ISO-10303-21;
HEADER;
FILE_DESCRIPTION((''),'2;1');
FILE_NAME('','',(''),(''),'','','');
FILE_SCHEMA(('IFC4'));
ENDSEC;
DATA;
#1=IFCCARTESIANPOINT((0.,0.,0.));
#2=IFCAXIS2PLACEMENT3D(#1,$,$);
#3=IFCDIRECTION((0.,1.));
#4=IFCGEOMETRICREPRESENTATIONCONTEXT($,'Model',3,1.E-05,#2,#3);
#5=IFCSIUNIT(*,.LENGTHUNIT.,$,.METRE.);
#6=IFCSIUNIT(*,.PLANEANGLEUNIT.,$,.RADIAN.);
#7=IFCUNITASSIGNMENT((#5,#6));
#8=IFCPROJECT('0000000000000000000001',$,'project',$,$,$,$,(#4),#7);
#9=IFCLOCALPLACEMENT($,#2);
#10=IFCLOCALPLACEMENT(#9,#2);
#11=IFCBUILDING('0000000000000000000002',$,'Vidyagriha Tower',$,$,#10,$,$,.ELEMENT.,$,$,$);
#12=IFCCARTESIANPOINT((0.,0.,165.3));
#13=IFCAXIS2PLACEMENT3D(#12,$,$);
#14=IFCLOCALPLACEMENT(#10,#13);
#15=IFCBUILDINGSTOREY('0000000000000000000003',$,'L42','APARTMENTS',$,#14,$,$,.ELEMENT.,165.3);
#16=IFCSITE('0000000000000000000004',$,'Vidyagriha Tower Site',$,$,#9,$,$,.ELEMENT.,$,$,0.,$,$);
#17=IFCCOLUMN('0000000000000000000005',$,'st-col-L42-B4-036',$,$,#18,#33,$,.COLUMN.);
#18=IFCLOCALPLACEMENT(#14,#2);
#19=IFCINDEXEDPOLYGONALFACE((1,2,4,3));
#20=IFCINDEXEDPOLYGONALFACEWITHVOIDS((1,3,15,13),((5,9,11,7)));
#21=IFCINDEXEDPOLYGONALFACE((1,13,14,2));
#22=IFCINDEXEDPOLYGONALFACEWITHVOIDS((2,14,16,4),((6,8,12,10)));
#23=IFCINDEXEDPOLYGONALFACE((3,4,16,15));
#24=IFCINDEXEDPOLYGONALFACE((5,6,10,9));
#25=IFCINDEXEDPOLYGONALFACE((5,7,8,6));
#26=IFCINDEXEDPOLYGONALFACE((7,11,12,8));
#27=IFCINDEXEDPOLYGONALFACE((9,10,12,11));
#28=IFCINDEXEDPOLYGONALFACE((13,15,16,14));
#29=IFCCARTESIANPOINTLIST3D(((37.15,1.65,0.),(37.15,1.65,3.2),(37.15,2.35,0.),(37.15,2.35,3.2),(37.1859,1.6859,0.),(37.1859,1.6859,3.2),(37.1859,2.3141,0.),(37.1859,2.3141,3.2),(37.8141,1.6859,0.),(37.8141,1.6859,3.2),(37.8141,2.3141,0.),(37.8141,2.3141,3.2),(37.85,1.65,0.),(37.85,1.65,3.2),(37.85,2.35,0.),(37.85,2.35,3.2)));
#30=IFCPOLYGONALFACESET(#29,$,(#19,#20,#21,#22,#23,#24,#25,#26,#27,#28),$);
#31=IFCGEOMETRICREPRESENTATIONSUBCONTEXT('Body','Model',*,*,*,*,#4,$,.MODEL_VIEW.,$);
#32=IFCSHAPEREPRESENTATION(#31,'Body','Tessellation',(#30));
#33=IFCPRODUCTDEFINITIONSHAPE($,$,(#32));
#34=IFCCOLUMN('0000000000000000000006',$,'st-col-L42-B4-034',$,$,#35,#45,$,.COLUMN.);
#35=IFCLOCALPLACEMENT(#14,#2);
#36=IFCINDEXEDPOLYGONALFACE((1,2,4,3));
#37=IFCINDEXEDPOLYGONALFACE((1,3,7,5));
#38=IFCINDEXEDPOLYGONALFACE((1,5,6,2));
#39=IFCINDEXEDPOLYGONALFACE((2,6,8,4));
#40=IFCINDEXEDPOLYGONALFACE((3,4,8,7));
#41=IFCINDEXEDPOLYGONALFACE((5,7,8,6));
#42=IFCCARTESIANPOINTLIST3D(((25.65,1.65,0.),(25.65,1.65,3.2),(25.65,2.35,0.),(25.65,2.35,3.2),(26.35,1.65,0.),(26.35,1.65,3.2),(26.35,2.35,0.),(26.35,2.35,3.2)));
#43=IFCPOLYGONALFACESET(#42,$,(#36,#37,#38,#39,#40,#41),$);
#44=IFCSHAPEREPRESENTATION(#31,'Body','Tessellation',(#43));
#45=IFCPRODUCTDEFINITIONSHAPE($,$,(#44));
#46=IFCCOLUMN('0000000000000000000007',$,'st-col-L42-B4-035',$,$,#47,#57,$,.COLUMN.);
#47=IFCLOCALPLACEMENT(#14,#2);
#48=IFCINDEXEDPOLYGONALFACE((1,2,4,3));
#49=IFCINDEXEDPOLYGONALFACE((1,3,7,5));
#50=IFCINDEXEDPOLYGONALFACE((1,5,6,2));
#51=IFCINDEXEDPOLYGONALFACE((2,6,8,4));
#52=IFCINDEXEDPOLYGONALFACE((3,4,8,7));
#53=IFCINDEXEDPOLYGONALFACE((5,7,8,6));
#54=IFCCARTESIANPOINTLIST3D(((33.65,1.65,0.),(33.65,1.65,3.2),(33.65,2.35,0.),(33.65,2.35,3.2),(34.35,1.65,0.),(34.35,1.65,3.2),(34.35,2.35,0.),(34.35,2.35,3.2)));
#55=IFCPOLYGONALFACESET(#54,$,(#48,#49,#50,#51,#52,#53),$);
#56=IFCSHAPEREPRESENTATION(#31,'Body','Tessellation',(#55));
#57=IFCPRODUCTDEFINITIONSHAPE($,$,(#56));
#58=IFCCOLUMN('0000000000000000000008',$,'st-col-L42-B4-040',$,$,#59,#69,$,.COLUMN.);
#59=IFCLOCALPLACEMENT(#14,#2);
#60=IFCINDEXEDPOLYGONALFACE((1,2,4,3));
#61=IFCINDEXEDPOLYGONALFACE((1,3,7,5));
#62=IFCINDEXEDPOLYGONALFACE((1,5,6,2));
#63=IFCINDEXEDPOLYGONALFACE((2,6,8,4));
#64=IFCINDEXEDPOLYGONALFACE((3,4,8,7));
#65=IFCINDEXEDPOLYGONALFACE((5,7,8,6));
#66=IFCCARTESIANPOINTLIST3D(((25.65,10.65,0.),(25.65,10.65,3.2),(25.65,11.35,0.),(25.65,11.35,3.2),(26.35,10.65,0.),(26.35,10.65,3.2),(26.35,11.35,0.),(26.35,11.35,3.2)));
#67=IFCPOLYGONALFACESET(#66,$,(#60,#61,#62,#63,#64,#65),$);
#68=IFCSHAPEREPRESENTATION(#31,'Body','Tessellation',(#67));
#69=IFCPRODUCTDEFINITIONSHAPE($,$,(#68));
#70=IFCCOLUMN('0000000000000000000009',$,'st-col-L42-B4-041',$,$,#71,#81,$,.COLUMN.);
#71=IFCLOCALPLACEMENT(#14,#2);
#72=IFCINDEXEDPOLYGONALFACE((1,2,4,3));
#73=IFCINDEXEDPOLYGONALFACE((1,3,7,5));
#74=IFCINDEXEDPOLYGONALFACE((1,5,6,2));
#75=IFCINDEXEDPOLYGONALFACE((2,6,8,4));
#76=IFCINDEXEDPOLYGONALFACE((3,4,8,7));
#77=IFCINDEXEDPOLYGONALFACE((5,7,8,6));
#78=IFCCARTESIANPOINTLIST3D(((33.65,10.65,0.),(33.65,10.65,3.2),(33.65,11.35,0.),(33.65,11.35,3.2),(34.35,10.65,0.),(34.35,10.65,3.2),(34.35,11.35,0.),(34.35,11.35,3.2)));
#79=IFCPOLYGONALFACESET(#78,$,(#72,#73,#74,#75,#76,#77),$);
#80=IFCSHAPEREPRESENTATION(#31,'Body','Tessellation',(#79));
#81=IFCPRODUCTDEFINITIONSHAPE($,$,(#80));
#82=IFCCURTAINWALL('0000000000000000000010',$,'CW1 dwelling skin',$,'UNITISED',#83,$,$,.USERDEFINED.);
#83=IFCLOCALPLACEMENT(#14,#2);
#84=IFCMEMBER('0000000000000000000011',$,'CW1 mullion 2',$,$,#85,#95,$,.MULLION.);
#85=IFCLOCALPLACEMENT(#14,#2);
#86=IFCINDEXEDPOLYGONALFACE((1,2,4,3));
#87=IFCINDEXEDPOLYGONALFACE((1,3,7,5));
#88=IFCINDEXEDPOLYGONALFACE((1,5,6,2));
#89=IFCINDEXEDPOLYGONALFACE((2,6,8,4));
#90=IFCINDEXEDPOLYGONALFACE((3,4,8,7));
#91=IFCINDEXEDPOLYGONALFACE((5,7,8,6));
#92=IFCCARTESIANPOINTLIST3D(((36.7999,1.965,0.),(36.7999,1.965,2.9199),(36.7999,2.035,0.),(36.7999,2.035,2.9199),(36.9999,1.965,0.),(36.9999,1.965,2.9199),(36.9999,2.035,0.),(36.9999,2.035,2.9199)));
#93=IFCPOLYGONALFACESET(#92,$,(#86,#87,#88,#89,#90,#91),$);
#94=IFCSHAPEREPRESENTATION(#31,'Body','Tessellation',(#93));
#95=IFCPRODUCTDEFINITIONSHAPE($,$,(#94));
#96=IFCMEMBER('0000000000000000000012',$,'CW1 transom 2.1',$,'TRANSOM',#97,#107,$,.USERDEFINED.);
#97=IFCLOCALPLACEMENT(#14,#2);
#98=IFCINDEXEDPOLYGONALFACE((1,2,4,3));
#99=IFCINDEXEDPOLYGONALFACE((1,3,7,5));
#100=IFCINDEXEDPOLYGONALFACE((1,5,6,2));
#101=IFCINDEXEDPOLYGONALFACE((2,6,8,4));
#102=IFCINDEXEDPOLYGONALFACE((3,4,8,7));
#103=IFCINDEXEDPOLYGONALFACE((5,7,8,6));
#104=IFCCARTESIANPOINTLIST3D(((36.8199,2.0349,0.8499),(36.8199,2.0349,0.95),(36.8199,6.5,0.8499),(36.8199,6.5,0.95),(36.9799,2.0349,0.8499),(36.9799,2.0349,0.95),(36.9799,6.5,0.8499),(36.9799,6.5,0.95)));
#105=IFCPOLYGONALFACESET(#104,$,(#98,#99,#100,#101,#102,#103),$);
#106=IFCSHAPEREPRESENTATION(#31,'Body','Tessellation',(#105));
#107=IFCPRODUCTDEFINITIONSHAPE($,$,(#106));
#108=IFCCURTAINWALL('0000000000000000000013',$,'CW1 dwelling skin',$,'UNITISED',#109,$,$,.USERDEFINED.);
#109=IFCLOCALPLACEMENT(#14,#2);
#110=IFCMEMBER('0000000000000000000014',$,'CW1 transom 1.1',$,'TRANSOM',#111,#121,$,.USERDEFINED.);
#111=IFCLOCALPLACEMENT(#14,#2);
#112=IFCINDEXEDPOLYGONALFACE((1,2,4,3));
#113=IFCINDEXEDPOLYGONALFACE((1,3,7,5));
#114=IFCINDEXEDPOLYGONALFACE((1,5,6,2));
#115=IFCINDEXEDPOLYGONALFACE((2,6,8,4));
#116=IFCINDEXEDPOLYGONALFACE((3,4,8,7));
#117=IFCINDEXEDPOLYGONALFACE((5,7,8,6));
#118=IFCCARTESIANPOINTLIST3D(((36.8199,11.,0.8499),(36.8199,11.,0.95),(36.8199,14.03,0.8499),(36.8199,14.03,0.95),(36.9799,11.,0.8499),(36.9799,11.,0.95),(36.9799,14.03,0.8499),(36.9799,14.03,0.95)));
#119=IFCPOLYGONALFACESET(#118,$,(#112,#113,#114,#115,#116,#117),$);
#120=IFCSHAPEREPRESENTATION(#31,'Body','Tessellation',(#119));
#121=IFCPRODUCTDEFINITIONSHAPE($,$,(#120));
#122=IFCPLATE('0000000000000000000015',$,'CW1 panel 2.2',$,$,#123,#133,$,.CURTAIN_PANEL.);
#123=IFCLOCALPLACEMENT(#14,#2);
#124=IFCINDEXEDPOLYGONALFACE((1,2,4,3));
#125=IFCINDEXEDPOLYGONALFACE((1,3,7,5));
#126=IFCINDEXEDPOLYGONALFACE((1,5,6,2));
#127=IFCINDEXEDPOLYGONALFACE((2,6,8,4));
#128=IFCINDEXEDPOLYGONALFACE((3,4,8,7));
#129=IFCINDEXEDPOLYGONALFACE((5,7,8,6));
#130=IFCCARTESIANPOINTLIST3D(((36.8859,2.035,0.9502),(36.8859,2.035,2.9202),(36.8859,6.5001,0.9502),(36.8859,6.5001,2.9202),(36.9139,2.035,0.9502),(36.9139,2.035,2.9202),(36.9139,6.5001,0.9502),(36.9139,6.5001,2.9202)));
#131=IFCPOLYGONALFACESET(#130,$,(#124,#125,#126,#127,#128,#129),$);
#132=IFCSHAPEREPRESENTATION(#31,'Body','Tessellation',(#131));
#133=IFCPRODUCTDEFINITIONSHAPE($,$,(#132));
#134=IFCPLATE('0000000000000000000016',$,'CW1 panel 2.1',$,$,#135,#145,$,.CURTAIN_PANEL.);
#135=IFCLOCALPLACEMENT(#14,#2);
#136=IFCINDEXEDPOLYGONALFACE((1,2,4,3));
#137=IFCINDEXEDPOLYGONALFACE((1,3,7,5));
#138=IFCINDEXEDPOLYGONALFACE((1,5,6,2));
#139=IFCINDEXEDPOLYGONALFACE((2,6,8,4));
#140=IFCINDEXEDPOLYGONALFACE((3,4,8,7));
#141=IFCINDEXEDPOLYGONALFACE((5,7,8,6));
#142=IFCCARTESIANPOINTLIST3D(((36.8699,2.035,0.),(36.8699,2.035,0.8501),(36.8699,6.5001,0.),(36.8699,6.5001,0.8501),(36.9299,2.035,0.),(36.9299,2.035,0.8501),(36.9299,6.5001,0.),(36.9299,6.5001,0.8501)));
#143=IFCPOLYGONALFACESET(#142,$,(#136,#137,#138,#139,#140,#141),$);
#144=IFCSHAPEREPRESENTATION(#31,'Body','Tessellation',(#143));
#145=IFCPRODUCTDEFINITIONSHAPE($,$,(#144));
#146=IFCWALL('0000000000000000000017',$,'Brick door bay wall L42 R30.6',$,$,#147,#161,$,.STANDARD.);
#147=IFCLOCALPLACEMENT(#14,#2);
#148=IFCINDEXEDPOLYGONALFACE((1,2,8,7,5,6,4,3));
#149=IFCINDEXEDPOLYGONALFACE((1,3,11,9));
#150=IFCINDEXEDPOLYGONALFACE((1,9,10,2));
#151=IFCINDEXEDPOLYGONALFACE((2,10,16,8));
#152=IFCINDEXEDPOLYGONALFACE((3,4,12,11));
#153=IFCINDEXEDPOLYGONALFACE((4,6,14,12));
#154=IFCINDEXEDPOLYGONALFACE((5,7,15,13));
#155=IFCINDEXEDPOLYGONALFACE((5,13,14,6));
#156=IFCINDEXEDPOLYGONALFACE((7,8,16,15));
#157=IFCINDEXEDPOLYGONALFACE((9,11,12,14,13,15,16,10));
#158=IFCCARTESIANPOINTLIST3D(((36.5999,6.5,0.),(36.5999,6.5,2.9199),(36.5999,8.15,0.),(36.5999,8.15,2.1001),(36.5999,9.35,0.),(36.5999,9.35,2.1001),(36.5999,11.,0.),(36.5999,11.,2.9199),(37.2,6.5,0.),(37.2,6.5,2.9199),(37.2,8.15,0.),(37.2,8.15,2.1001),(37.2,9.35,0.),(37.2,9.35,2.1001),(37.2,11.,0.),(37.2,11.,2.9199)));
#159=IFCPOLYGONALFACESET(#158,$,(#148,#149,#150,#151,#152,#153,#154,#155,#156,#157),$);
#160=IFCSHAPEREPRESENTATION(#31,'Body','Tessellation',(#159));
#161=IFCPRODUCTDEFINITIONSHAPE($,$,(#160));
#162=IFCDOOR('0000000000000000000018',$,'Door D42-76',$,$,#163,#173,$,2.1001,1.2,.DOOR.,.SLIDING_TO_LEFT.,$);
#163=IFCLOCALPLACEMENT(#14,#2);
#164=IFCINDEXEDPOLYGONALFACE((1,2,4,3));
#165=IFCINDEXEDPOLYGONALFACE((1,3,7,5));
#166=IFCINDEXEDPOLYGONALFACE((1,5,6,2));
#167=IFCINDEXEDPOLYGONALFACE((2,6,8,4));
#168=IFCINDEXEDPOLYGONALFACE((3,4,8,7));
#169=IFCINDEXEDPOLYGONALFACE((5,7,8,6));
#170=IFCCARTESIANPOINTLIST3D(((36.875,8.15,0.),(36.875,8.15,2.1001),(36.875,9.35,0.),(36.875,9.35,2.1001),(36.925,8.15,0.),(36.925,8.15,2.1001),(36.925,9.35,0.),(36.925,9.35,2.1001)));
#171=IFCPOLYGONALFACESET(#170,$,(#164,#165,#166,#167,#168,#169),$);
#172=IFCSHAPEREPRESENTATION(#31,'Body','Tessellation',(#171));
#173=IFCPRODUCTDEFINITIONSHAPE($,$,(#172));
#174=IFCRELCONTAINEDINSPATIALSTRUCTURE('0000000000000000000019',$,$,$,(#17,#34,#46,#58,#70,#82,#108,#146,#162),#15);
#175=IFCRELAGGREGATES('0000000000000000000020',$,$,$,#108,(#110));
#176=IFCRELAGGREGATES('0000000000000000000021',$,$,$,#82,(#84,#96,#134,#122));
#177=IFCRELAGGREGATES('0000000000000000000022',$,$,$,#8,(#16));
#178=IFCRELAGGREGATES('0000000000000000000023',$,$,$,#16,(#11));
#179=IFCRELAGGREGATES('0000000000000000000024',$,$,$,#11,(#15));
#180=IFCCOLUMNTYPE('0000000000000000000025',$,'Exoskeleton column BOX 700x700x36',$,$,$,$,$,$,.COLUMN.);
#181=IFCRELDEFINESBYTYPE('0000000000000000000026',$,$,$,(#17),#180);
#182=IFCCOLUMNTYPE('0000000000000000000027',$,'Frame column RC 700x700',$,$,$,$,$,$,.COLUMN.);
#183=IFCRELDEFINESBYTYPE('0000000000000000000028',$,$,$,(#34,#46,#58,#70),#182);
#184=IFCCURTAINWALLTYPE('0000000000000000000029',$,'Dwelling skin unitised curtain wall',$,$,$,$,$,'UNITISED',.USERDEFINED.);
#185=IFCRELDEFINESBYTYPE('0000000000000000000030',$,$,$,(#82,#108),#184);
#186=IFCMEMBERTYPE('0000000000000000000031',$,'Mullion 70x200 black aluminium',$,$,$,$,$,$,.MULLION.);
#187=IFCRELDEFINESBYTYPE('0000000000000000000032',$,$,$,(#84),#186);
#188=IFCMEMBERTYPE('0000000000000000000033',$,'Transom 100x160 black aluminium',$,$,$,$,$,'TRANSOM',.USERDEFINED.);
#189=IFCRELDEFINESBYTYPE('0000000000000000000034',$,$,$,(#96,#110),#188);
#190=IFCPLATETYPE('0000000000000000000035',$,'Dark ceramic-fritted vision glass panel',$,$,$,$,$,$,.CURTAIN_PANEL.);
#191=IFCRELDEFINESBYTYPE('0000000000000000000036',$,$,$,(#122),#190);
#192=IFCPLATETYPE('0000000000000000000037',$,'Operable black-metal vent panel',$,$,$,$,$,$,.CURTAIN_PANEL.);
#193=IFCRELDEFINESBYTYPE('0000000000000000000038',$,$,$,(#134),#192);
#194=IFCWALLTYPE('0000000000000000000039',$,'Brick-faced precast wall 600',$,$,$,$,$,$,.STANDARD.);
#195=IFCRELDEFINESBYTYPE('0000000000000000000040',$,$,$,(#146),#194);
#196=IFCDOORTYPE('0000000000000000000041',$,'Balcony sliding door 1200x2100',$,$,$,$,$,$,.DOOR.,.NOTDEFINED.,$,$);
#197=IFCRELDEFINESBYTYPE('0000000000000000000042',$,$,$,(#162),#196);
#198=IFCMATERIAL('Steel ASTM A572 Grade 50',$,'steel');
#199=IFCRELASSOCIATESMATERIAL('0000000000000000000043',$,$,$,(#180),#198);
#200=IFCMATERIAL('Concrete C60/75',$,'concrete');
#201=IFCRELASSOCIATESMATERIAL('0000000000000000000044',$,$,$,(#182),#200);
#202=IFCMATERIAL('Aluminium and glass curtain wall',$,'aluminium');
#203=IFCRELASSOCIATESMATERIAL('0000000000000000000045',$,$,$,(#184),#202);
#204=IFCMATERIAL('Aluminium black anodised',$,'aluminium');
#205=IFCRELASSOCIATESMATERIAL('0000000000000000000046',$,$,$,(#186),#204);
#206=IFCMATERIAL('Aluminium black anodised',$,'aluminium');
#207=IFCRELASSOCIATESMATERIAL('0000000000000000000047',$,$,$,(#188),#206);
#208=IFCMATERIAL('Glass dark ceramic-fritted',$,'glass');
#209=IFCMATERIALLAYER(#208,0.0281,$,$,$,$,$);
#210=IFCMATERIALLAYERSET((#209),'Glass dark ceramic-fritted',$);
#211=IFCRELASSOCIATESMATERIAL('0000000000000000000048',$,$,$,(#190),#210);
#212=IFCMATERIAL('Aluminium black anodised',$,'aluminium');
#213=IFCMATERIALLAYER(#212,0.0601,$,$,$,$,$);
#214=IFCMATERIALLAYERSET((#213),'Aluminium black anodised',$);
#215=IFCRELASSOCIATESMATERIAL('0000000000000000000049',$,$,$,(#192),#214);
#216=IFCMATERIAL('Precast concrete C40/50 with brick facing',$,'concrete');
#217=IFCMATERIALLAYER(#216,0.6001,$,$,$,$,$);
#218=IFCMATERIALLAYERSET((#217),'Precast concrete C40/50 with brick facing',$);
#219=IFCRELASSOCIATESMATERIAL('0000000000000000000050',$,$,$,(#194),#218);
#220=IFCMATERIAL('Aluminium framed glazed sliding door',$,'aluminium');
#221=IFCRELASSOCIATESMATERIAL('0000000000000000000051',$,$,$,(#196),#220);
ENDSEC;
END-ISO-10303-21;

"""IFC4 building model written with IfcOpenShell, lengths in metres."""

from ifc_helpers import new_model, si_unit, direction, frame, frame_2d, origin, origin_2d, place, context, subcontext, project, spatial, rectangle, hollow_rectangle, extrude, material, layer, layer_set, material_profile, profile_set, type_object, element, fill, aggregate, save


model = new_model("IFC4")

# Units and contexts
model_context = context("Model", 3, precision=1e-05, world=origin(), true_north=direction((0.0, 1.0)))
body_context = subcontext(model_context, "Body", "Model", "MODEL_VIEW")
ifc_project = project(units=[si_unit("LENGTHUNIT", "METRE"), si_unit("PLANEANGLEUNIT", "RADIAN")], contexts=[model_context])

# Site, building, storey
site_placement = place(None, origin())
site = spatial("IfcSite", under=ifc_project, at=site_placement, Name="Vidyagriha Tower Site", CompositionType="ELEMENT", RefElevation=0.0)
building_placement = place(site_placement, origin())
building = spatial("IfcBuilding", under=site, at=building_placement, Name="Vidyagriha Tower", CompositionType="ELEMENT")
storey_placement = place(building_placement, frame((0.0, 0.0, 165.3)))
storey = spatial("IfcBuildingStorey", under=building, at=storey_placement, Name="L42", Description="APARTMENTS", CompositionType="ELEMENT", Elevation=165.3)

# Columns
ifc_material_1 = material(Name="Steel ASTM A572 Grade 50", Category="steel")
ifc_material_profile_1 = material_profile(ifc_material_1, hollow_rectangle(XDim=0.7, YDim=0.7, WallThickness=0.0359, at=origin_2d()), Name="BOX 700x700x36")
ifc_profile_set_1 = profile_set([ifc_material_profile_1], Name="Steel ASTM A572 Grade 50")
column_type_1 = type_object("IfcColumnType", Name="Exoskeleton column BOX 700x700x36", PredefinedType="COLUMN", material=ifc_profile_set_1)
column_placement = place(storey_placement, frame((37.5, 2.0, 0.0)))
element("IfcColumn", 1, at=column_placement, inside=storey, type_object=column_type_1, Name="st-col-L42-B4-036", PredefinedType="COLUMN", context=body_context, shape_type="SweptSolid", body=[
    extrude(hollow_rectangle(XDim=0.7, YDim=0.7, WallThickness=0.0359, at=origin_2d()), origin(), (0.0, 0.0, 1.0), 3.2),
])
ifc_material_2 = material(Name="Concrete C60/75", Category="concrete")
ifc_material_profile_2 = material_profile(ifc_material_2, rectangle(XDim=0.7, YDim=0.7, at=origin_2d()), Name="RC 700x700")
ifc_profile_set_2 = profile_set([ifc_material_profile_2], Name="Concrete C60/75")
column_type_2 = type_object("IfcColumnType", Name="Frame column RC 700x700", PredefinedType="COLUMN", material=ifc_profile_set_2)
for number, where, name in (
    (2, (26.0, 2.0, 0.0), "st-col-L42-B4-034"),
    (3, (34.0, 2.0, 0.0), "st-col-L42-B4-035"),
    (4, (26.0, 11.0, 0.0), "st-col-L42-B4-040"),
    (5, (34.0, 11.0, 0.0), "st-col-L42-B4-041"),
):
    element("IfcColumn", number, at=place(storey_placement, frame(where)), inside=storey, type_object=column_type_2, Name=name, PredefinedType="COLUMN", context=body_context, shape_type="SweptSolid", body=[
        extrude(rectangle(XDim=0.7, YDim=0.7, at=origin_2d()), origin(), (0.0, 0.0, 1.0), 3.2),
    ])

# Curtain wall, members
ifc_material_3 = material(Name="Aluminium and glass curtain wall", Category="aluminium")
curtain_wall_type = type_object("IfcCurtainWallType", Name="Dwelling skin unitised curtain wall", ElementType="UNITISED", PredefinedType="USERDEFINED", material=ifc_material_3)
curtain_wall_1_placement = place(storey_placement, origin())
curtain_wall_1 = element("IfcCurtainWall", 6, at=curtain_wall_1_placement, inside=storey, type_object=curtain_wall_type, Name="CW1 dwelling skin", ObjectType="UNITISED", PredefinedType="USERDEFINED")
ifc_material_4 = material(Name="Aluminium black anodised", Category="aluminium")
ifc_material_profile_3 = material_profile(ifc_material_4, rectangle(XDim=0.2, YDim=0.0701, at=origin_2d()), Name="Mullion 70x200 black aluminium")
ifc_profile_set_3 = profile_set([ifc_material_profile_3], Name="Aluminium black anodised")
member_type_1 = type_object("IfcMemberType", Name="Mullion 70x200 black aluminium", PredefinedType="MULLION", material=ifc_profile_set_3)
member_1_placement = place(storey_placement, frame((36.8999, 2.0, 0.0), z_axis=(0.0, 0.0, 1.0), x_axis=(-1.0, 0.0, 0.0)))
member_1 = element("IfcMember", 7, at=member_1_placement, type_object=member_type_1, Name="CW1 mullion 2", PredefinedType="MULLION", context=body_context, shape_type="SweptSolid", body=[
    extrude(rectangle(XDim=0.2, YDim=0.0701, at=origin_2d()), origin(), (0.0, 0.0, 1.0), 2.9199),
])
ifc_material_5 = material(Name="Aluminium black anodised", Category="aluminium")
ifc_material_profile_4 = material_profile(ifc_material_5, rectangle(XDim=0.1599, YDim=0.1001, at=origin_2d()), Name="Transom 100x160 black aluminium")
ifc_profile_set_4 = profile_set([ifc_material_profile_4], Name="Aluminium black anodised")
member_type_2 = type_object("IfcMemberType", Name="Transom 100x160 black aluminium", ElementType="TRANSOM", PredefinedType="USERDEFINED", material=ifc_profile_set_4)
member_2_placement = place(storey_placement, frame((36.8999, 2.0349, 0.8999), z_axis=(0.0, 1.0, 0.0), x_axis=(-1.0, 0.0, 0.0)))
member_2 = element("IfcMember", 8, at=member_2_placement, type_object=member_type_2, Name="CW1 transom 2.1", ObjectType="TRANSOM", PredefinedType="USERDEFINED", context=body_context, shape_type="SweptSolid", body=[
    extrude(rectangle(XDim=0.1599, YDim=0.1001, at=origin_2d()), origin(), (0.0, 0.0, 1.0), 4.4651),
])

# Curtain wall, member
curtain_wall_2_placement = place(storey_placement, origin())
curtain_wall_2 = element("IfcCurtainWall", 9, at=curtain_wall_2_placement, inside=storey, type_object=curtain_wall_type, Name="CW1 dwelling skin", ObjectType="UNITISED", PredefinedType="USERDEFINED")
member_3_placement = place(storey_placement, frame((36.8999, 11.0, 0.8999), z_axis=(0.0, 1.0, 0.0), x_axis=(-1.0, 0.0, 0.0)))
member_3 = element("IfcMember", 10, at=member_3_placement, type_object=member_type_2, Name="CW1 transom 1.1", ObjectType="TRANSOM", PredefinedType="USERDEFINED", context=body_context, shape_type="SweptSolid", body=[
    extrude(rectangle(XDim=0.1599, YDim=0.1001, at=origin_2d()), origin(), (0.0, 0.0, 1.0), 3.03),
])
aggregate(curtain_wall_2, [member_3])

# Plates
ifc_material_6 = material(Name="Glass dark ceramic-fritted", Category="glass")
ifc_layer_1 = layer(ifc_material_6, 0.0281)
ifc_layer_set_1 = layer_set([ifc_layer_1], Name="Glass dark ceramic-fritted")
plate_type_1 = type_object("IfcPlateType", Name="Dark ceramic-fritted vision glass panel", PredefinedType="CURTAIN_PANEL", material=ifc_layer_set_1)
plate_1_placement = place(storey_placement, frame((36.8999, 4.2676, 0.9502), z_axis=(0.0, 0.0, 1.0), x_axis=(0.0, 1.0, 0.0)))
plate_1 = element("IfcPlate", 11, at=plate_1_placement, type_object=plate_type_1, Name="CW1 panel 2.2", PredefinedType="CURTAIN_PANEL", context=body_context, shape_type="SweptSolid", body=[
    extrude(rectangle(XDim=4.4651, YDim=0.0281, at=origin_2d()), origin(), (0.0, 0.0, 1.0), 1.97),
])
ifc_material_7 = material(Name="Aluminium black anodised", Category="aluminium")
ifc_layer_2 = layer(ifc_material_7, 0.0601)
ifc_layer_set_2 = layer_set([ifc_layer_2], Name="Aluminium black anodised")
plate_type_2 = type_object("IfcPlateType", Name="Operable black-metal vent panel", PredefinedType="CURTAIN_PANEL", material=ifc_layer_set_2)
plate_2_placement = place(storey_placement, frame((36.8999, 4.2676, 0.0), z_axis=(0.0, 0.0, 1.0), x_axis=(0.0, 1.0, 0.0)))
plate_2 = element("IfcPlate", 12, at=plate_2_placement, type_object=plate_type_2, Name="CW1 panel 2.1", PredefinedType="CURTAIN_PANEL", context=body_context, shape_type="SweptSolid", body=[
    extrude(rectangle(XDim=4.4651, YDim=0.0601, at=origin_2d()), origin(), (0.0, 0.0, 1.0), 0.8501),
])
aggregate(curtain_wall_1, [member_1, member_2, plate_2, plate_1])

# Wall, opening, door
ifc_material_8 = material(Name="Precast concrete C40/50 with brick facing", Category="concrete")
ifc_layer_3 = layer(ifc_material_8, 0.6001)
ifc_layer_set_3 = layer_set([ifc_layer_3], Name="Precast concrete C40/50 with brick facing")
wall_type_1 = type_object("IfcWallType", Name="Brick-faced precast wall 600", PredefinedType="STANDARD", material=ifc_layer_set_3)
wall_1_placement = place(storey_placement, frame((36.8999, 6.5, 0.0), z_axis=(0.0, 0.0, 1.0), x_axis=(0.0, 1.0, 0.0)))
wall_1 = element("IfcWall", 13, at=wall_1_placement, inside=storey, type_object=wall_type_1, Name="Brick door bay wall L42 R30.6", PredefinedType="STANDARD", context=body_context, shape_type="SweptSolid", body=[
    extrude(rectangle(XDim=4.5, YDim=0.6001, at=frame_2d((2.25, 0.0))), origin(), (0.0, 0.0, 1.0), 2.9199),
])
opening_1_placement = place(wall_1_placement, frame((1.6499, 0.0, 0.0)))
opening_1 = element("IfcOpeningElement", 14, at=opening_1_placement, cuts=wall_1, PredefinedType="OPENING", context=body_context, shape_type="SweptSolid", body=[
    extrude(rectangle(XDim=1.2, YDim=2.1001, at=frame_2d((0.6001, 1.05))), frame((0.0, 0.3101, 0.0), z_axis=(0.0, -1.0, 0.0), x_axis=(1.0, 0.0, 0.0)), (0.0, 0.0, 1.0), 0.6201),
])
ifc_material_9 = material(Name="Aluminium framed glazed sliding door", Category="aluminium")
door_type_1 = type_object("IfcDoorType", Name="Balcony sliding door 1200x2100", OperationType="NOTDEFINED", PredefinedType="DOOR", material=ifc_material_9)
door_1_placement = place(opening_1_placement, origin())
door_1 = element("IfcDoor", 15, at=door_1_placement, inside=storey, type_object=door_type_1, Name="Door D42-76", OperationType="SLIDING_TO_LEFT", OverallHeight=2.1001, OverallWidth=1.2, PredefinedType="DOOR", context=body_context, shape_type="SweptSolid", body=[
    extrude(rectangle(XDim=1.2, YDim=2.1001, at=frame_2d((0.6001, 1.05))), frame((0.0, 0.0249, 0.0), z_axis=(0.0, -1.0, 0.0), x_axis=(1.0, 0.0, 0.0)), (0.0, 0.0, 1.0), 0.05),
])
fill(opening_1, door_1)

save(model, "model.ifc")
